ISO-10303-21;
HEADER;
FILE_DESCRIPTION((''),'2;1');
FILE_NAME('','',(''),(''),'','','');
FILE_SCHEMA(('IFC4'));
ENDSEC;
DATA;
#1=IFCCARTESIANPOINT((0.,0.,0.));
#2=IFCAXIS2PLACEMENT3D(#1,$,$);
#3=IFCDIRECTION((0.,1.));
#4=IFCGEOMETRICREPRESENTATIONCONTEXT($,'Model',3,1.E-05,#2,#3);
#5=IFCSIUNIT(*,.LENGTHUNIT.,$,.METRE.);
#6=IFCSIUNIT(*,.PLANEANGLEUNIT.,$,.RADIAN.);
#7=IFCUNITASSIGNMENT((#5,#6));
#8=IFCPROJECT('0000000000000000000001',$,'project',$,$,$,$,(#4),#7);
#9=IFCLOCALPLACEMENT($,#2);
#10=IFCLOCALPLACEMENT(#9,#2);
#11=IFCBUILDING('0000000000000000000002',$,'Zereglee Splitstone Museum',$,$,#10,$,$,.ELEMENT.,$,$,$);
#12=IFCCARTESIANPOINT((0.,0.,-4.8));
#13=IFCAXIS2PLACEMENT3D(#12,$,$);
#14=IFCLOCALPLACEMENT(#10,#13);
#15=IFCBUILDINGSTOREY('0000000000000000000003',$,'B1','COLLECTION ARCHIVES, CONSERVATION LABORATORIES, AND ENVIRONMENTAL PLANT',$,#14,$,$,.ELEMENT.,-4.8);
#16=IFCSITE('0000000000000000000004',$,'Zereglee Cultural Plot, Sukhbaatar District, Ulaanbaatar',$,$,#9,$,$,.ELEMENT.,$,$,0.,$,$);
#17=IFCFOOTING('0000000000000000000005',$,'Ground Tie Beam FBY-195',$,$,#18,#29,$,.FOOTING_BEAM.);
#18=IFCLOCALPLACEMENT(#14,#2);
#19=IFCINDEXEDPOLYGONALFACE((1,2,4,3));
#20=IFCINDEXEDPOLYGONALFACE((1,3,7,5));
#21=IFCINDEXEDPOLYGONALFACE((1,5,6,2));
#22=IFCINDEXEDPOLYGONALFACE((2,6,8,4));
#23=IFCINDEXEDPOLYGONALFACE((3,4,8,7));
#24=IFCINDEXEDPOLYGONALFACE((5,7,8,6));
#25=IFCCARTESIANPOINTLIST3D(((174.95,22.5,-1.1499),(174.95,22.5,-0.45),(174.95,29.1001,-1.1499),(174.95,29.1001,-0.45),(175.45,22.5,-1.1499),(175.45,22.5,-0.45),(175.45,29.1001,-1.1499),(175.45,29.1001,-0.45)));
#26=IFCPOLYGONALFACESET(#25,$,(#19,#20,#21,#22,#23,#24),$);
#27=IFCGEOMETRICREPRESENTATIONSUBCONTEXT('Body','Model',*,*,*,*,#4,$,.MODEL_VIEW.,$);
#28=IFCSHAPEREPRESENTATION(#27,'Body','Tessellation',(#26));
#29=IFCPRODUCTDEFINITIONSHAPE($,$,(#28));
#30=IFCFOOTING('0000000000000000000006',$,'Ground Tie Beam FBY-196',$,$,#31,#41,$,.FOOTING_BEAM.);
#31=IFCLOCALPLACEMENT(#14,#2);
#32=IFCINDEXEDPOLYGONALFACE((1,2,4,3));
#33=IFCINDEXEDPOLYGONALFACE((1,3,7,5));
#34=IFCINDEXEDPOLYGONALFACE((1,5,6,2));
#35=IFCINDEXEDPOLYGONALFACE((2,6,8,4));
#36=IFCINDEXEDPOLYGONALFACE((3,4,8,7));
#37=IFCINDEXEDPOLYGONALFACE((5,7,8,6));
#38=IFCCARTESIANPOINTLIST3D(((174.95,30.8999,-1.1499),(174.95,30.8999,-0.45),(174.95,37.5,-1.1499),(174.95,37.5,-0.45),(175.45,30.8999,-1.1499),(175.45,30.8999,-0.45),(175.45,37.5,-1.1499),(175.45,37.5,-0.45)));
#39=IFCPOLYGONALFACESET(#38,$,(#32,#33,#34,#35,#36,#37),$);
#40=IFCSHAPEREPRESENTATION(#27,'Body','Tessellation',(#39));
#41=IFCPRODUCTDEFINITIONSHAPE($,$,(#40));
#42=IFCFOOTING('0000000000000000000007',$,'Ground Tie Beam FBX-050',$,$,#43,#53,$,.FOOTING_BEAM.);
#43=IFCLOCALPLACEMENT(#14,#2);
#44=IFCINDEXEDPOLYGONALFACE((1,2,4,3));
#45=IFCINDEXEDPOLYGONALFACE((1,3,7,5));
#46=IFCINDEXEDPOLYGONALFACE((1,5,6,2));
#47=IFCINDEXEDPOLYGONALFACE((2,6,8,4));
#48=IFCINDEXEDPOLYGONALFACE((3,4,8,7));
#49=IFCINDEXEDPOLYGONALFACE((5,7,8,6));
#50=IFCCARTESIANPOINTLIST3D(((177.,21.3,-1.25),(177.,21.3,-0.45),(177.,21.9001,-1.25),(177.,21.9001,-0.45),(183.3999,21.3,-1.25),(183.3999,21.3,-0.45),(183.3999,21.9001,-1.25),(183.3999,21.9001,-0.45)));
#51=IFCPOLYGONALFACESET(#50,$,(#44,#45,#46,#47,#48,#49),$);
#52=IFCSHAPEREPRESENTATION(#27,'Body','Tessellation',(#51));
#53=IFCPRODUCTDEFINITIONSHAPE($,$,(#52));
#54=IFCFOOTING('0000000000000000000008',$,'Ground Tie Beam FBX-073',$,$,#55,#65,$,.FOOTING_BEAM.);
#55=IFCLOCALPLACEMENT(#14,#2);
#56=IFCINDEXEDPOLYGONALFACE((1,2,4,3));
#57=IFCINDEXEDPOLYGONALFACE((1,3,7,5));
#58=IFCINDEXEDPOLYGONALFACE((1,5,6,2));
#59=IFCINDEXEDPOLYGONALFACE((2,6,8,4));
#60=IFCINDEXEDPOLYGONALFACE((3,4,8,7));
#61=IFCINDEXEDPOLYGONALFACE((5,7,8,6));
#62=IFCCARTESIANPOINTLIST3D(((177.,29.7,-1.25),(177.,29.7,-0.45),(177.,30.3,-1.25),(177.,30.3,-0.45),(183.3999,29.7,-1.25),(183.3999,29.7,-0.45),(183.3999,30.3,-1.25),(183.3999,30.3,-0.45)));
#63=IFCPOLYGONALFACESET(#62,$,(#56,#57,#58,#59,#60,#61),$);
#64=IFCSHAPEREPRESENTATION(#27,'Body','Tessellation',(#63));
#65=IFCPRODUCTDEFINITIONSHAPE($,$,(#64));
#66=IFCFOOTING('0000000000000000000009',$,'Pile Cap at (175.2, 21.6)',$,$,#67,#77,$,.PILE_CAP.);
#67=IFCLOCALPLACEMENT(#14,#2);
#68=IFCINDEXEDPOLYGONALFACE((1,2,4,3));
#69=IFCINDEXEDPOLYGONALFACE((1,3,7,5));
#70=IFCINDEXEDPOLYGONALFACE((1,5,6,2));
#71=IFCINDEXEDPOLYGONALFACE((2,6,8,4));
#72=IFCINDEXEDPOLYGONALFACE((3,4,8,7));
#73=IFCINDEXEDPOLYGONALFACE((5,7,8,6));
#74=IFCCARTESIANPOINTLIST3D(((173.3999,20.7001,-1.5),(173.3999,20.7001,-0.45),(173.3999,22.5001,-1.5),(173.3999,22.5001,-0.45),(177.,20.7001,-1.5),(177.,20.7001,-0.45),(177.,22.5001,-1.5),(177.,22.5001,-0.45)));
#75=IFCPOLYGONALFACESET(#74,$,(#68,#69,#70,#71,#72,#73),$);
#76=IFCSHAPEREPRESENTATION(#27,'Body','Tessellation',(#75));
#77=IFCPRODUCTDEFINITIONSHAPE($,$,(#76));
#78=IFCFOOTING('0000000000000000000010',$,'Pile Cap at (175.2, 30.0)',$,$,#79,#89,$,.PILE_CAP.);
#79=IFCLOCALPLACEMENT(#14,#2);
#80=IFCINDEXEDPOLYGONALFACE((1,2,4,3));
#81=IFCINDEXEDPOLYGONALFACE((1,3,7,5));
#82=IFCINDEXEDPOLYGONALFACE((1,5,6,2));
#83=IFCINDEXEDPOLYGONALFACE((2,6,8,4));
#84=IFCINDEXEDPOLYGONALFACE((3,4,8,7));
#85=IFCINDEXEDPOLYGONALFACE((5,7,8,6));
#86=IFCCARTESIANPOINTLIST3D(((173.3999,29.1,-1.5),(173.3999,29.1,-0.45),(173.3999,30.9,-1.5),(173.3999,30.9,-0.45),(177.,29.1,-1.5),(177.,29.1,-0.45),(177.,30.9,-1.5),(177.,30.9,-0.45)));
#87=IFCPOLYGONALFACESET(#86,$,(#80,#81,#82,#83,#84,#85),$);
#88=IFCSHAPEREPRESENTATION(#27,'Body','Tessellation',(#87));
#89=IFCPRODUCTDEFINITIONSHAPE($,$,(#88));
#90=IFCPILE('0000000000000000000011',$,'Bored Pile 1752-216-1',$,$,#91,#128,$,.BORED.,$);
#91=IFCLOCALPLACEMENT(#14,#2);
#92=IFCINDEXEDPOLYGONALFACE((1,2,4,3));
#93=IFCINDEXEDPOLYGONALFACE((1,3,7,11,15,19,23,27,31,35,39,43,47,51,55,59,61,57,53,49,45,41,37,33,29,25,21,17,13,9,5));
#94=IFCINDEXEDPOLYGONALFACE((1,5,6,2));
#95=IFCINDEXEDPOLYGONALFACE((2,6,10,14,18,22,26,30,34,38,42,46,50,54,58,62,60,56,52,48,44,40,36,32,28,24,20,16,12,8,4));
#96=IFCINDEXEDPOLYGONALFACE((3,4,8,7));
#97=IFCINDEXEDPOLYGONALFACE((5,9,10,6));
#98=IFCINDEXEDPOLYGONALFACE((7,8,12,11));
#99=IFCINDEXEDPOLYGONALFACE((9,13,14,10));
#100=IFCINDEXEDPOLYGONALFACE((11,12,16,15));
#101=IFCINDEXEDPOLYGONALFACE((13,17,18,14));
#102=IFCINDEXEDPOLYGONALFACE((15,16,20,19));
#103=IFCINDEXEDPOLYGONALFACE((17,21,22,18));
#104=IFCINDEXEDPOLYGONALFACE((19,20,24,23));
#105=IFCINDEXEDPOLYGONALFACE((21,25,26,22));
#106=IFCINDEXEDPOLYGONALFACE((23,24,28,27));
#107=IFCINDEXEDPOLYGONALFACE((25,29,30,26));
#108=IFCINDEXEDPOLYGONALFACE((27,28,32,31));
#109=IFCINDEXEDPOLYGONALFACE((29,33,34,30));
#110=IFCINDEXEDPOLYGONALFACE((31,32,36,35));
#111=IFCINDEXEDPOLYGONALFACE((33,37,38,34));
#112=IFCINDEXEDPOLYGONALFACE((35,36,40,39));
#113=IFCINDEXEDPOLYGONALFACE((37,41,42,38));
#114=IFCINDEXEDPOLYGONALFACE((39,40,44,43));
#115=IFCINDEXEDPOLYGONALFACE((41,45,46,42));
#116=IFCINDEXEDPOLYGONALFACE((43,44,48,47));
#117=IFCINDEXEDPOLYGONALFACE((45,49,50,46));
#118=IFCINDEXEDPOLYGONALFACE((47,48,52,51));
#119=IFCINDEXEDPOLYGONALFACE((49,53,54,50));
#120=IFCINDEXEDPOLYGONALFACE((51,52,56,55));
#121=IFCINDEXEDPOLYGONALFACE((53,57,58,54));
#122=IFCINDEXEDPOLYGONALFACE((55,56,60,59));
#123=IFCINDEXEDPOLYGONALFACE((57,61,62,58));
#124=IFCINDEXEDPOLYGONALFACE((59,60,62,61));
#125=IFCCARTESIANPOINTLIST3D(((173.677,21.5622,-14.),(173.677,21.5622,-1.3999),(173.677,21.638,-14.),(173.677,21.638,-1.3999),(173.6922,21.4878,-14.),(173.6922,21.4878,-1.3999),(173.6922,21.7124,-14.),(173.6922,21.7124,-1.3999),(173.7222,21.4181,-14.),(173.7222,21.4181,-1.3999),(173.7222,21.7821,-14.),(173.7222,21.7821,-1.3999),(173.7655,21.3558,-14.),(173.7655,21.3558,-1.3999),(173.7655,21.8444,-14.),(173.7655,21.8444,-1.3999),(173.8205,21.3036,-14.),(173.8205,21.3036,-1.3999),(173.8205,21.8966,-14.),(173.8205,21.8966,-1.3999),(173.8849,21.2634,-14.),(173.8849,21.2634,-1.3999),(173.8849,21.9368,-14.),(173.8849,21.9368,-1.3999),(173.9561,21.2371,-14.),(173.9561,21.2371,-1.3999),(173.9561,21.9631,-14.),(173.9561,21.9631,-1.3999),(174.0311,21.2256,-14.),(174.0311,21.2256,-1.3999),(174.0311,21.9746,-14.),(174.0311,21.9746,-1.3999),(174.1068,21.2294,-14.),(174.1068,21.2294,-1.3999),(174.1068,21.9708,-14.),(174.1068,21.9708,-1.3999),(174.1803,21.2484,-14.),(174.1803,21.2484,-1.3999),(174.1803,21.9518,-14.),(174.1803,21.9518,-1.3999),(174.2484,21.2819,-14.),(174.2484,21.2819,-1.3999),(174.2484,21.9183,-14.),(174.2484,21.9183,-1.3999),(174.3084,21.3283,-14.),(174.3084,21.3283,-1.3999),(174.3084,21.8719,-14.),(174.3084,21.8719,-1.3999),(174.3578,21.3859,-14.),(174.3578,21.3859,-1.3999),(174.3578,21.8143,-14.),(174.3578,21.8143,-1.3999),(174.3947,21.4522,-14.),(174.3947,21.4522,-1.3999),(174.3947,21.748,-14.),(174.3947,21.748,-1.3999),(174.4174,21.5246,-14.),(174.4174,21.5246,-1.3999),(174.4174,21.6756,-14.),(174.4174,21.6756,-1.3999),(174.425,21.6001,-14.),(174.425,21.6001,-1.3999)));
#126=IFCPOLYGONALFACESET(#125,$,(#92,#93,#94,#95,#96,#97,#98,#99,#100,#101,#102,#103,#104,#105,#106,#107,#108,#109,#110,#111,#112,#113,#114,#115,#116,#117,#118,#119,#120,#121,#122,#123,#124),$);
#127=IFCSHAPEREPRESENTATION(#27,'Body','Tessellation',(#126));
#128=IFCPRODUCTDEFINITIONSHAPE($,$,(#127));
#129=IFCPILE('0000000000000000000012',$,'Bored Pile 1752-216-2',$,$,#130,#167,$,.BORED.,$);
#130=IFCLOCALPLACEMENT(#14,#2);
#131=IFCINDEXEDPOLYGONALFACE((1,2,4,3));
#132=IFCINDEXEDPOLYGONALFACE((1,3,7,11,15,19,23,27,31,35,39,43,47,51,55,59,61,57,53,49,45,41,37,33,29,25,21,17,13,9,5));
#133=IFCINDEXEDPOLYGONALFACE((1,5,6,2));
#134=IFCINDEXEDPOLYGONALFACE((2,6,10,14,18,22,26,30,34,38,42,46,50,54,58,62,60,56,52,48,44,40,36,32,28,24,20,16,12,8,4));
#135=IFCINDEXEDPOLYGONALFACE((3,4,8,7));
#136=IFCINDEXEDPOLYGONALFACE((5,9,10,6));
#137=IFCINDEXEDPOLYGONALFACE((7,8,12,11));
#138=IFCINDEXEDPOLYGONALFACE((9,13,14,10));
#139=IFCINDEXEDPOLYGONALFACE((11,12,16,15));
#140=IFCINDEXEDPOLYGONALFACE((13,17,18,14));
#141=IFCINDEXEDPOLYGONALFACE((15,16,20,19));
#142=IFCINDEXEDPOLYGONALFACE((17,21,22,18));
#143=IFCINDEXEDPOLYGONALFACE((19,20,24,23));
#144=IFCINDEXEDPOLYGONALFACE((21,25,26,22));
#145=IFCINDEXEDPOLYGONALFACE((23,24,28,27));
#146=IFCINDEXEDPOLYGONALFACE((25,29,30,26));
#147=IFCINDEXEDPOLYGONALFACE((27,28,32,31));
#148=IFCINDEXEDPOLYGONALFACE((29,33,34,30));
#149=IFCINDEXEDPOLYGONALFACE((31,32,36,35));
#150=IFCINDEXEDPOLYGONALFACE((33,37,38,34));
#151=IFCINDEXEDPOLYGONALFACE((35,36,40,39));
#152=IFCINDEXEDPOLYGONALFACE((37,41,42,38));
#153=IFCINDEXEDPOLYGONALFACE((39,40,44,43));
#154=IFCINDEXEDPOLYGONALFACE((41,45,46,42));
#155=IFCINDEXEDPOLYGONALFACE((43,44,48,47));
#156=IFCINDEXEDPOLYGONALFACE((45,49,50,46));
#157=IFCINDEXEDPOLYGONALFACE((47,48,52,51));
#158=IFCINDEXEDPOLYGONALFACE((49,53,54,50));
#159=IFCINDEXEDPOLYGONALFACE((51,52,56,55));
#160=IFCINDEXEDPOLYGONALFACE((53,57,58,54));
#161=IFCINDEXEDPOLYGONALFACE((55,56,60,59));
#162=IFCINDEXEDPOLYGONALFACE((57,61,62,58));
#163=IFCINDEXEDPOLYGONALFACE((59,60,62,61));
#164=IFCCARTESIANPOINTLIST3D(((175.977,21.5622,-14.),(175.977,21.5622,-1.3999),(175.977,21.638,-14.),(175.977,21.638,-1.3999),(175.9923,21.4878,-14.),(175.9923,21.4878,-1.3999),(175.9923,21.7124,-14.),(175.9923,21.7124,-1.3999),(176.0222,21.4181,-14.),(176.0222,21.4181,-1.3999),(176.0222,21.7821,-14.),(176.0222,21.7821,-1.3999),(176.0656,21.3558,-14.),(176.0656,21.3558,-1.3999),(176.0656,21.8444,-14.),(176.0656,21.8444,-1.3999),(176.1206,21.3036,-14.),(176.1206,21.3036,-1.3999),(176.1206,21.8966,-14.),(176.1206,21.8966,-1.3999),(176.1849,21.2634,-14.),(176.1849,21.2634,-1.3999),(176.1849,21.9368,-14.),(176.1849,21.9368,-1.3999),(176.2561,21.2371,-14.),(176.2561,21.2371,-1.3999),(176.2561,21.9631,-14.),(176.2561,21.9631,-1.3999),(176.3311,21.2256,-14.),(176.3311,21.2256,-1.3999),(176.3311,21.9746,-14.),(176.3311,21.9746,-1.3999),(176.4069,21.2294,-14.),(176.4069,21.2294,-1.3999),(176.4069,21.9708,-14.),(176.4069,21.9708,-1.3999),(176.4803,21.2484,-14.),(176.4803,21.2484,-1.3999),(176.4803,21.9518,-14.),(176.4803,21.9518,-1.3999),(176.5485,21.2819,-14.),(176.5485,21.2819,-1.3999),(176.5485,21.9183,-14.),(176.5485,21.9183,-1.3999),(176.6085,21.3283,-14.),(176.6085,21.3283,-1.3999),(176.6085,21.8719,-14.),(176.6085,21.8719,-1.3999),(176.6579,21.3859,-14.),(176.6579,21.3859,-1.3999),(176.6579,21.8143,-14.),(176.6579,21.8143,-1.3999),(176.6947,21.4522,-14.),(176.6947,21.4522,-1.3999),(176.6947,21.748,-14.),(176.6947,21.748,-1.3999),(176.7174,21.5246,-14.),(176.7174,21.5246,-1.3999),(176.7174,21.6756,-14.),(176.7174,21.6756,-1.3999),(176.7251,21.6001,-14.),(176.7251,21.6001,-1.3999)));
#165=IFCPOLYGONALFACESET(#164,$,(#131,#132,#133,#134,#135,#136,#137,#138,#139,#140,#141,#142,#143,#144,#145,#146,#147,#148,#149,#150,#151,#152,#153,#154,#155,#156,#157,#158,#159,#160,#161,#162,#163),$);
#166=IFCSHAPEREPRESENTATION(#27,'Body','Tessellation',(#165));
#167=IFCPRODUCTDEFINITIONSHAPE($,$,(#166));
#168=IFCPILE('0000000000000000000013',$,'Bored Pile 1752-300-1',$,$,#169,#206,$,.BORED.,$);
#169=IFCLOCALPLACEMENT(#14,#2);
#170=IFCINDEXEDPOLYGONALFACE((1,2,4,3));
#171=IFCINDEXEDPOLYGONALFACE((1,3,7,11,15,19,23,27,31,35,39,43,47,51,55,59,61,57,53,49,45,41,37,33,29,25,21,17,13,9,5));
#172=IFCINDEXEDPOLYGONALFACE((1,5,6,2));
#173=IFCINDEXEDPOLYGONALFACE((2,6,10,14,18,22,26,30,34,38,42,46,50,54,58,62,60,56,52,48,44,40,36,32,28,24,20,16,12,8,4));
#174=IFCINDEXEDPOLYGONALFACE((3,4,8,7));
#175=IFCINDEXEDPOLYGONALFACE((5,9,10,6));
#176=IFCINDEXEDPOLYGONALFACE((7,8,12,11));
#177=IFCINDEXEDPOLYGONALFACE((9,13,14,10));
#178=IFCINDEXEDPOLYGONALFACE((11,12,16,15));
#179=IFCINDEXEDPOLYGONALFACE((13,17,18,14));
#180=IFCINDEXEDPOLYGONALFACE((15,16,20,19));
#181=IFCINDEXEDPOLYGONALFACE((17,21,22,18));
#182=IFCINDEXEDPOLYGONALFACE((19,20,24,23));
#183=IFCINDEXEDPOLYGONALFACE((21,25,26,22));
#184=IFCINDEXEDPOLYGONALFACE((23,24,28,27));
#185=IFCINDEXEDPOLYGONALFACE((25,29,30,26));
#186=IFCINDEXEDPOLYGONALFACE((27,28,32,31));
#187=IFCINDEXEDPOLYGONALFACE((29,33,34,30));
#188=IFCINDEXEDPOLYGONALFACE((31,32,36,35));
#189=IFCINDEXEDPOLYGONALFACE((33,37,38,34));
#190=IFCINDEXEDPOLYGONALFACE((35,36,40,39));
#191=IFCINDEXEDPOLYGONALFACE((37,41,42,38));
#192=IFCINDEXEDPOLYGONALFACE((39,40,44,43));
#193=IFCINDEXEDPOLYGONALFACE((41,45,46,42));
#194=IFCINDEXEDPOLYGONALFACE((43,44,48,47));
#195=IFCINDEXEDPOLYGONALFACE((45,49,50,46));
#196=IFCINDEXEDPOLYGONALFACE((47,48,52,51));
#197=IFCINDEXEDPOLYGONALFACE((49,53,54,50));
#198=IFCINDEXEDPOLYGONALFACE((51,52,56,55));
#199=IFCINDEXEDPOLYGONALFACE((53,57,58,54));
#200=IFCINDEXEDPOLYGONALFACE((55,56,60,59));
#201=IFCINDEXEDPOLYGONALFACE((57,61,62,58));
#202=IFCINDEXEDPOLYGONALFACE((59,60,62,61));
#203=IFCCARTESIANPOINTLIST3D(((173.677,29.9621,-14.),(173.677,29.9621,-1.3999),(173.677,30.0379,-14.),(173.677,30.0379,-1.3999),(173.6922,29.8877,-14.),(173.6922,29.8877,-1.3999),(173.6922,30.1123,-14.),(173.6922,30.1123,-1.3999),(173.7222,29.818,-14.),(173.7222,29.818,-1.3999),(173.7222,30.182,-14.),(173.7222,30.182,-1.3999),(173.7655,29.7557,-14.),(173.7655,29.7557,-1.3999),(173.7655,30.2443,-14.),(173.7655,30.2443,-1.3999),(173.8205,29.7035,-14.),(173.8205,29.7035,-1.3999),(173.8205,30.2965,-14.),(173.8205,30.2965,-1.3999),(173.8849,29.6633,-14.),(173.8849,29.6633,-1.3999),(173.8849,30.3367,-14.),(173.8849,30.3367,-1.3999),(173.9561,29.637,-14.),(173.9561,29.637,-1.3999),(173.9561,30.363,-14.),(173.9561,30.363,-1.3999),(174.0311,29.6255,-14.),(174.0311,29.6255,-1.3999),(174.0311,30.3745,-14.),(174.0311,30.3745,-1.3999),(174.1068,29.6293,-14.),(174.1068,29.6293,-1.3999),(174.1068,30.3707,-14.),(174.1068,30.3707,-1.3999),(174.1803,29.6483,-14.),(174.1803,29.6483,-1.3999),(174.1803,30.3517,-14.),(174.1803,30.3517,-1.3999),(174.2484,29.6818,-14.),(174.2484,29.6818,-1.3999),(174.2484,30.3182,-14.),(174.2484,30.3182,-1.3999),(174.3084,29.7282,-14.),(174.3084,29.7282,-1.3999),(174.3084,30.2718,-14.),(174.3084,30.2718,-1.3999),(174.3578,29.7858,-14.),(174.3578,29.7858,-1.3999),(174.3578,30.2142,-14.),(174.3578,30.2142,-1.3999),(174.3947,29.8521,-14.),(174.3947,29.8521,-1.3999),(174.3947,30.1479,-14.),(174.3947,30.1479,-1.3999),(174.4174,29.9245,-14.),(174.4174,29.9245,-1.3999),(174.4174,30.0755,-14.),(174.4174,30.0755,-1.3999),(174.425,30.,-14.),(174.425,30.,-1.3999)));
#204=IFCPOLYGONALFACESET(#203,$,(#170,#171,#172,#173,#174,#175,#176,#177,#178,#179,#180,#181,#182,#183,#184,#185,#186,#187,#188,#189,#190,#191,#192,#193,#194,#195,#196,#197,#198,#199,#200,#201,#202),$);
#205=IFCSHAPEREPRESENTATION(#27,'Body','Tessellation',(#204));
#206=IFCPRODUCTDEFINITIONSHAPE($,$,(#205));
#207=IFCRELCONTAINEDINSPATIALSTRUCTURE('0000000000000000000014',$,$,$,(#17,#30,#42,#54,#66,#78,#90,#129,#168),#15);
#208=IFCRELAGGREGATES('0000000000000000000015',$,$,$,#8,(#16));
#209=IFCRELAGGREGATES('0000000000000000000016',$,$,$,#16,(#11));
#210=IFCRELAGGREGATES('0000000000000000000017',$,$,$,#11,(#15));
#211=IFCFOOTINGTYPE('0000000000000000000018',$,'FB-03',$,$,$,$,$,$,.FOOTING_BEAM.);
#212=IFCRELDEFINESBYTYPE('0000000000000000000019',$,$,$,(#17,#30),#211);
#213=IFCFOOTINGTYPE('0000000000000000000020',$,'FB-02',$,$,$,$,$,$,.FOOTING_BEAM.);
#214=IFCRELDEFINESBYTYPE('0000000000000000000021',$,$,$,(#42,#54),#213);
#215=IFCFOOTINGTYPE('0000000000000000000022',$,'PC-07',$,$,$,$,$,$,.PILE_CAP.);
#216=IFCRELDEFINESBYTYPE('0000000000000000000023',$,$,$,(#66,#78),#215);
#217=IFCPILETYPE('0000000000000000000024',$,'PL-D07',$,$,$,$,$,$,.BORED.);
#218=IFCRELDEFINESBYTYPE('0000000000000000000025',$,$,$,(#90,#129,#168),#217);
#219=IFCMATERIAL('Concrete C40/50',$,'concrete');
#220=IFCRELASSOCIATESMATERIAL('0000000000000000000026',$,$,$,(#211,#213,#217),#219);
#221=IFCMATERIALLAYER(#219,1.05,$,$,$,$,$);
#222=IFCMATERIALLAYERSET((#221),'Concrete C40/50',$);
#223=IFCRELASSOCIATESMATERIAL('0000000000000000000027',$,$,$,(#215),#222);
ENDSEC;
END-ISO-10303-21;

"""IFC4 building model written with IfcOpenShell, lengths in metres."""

from ifc_helpers import new_model, si_unit, direction, frame, origin, origin_2d, place, context, subcontext, project, spatial, rectangle, circle, extrude, material, layer, layer_set, material_profile, profile_set, type_object, element, save


model = new_model("IFC4")

# Units and contexts
model_context = context("Model", 3, precision=1e-05, world=origin(), true_north=direction((0.0, 1.0)))
body_context = subcontext(model_context, "Body", "Model", "MODEL_VIEW")
ifc_project = project(units=[si_unit("LENGTHUNIT", "METRE"), si_unit("PLANEANGLEUNIT", "RADIAN")], contexts=[model_context])

# Site, building, storey
site_placement = place(None, origin())
site = spatial("IfcSite", under=ifc_project, at=site_placement, Name="Zereglee Cultural Plot, Sukhbaatar District, Ulaanbaatar", CompositionType="ELEMENT", RefElevation=0.0)
building_placement = place(site_placement, origin())
building = spatial("IfcBuilding", under=site, at=building_placement, Name="Zereglee Splitstone Museum", CompositionType="ELEMENT")
storey_placement = place(building_placement, frame((0.0, 0.0, -4.8)))
storey = spatial("IfcBuildingStorey", under=building, at=storey_placement, Name="B1", Description="COLLECTION ARCHIVES, CONSERVATION LABORATORIES, AND ENVIRONMENTAL PLANT", CompositionType="ELEMENT", Elevation=-4.8)

# Footings
ifc_material_1 = material(Name="Concrete C40/50", Category="concrete")
footing_type_1 = type_object("IfcFootingType", Name="FB-03", PredefinedType="FOOTING_BEAM", material=ifc_material_1)
for number, where, z_axis, x_axis, name in (
    (1, (175.2, 25.8, -1.1499), (0.0, 0.0, 1.0), (0.0, 1.0, 0.0), "Ground Tie Beam FBY-195"),
    (2, (175.2, 34.2, -1.1499), (0.0, 0.0, 1.0), (0.0, 1.0, 0.0), "Ground Tie Beam FBY-196"),
):
    element("IfcFooting", number, at=place(storey_placement, frame(where, z_axis=z_axis, x_axis=x_axis)), inside=storey, type_object=footing_type_1, Name=name, PredefinedType="FOOTING_BEAM", context=body_context, shape_type="SweptSolid", body=[
        extrude(rectangle(XDim=6.6001, YDim=0.5, at=origin_2d()), origin(), (0.0, 0.0, 1.0), 0.7),
    ])
footing_type_2 = type_object("IfcFootingType", Name="FB-02", PredefinedType="FOOTING_BEAM", material=ifc_material_1)
for number, where, z_axis, x_axis, name in (
    (3, (180.2, 21.6001, -1.25), (0.0, 0.0, 1.0), (1.0, 0.0, 0.0), "Ground Tie Beam FBX-050"),
    (4, (180.2, 30.0, -1.25), (0.0, 0.0, 1.0), (1.0, 0.0, 0.0), "Ground Tie Beam FBX-073"),
):
    element("IfcFooting", number, at=place(storey_placement, frame(where, z_axis=z_axis, x_axis=x_axis)), inside=storey, type_object=footing_type_2, Name=name, PredefinedType="FOOTING_BEAM", context=body_context, shape_type="SweptSolid", body=[
        extrude(rectangle(XDim=6.3999, YDim=0.6001, at=origin_2d()), origin(), (0.0, 0.0, 1.0), 0.8),
    ])
ifc_layer_1 = layer(ifc_material_1, 1.05)
ifc_layer_set_1 = layer_set([ifc_layer_1], Name="Concrete C40/50")
footing_type_3 = type_object("IfcFootingType", Name="PC-07", PredefinedType="PILE_CAP", material=ifc_layer_set_1)
for number, where, z_axis, x_axis, name in (
    (5, (175.2, 21.6001, -1.5), (0.0, 0.0, 1.0), (1.0, 0.0, 0.0), "Pile Cap at (175.2, 21.6)"),
    (6, (175.2, 30.0, -1.5), (0.0, 0.0, 1.0), (1.0, 0.0, 0.0), "Pile Cap at (175.2, 30.0)"),
):
    element("IfcFooting", number, at=place(storey_placement, frame(where, z_axis=z_axis, x_axis=x_axis)), inside=storey, type_object=footing_type_3, Name=name, PredefinedType="PILE_CAP", context=body_context, shape_type="SweptSolid", body=[
        extrude(rectangle(XDim=3.6001, YDim=1.8, at=origin_2d()), origin(), (0.0, 0.0, 1.0), 1.05),
    ])

# Piles
ifc_material_profile_1 = material_profile(ifc_material_1, circle(Radius=0.375, at=origin_2d()), Name="PILE D750")
ifc_profile_set_1 = profile_set([ifc_material_profile_1], Name="Concrete C40/50")
pile_type_1 = type_object("IfcPileType", Name="PL-D07", PredefinedType="BORED", material=ifc_profile_set_1)
for number, where, z_axis, x_axis, name in (
    (7, (174.05, 21.6001, -1.3999), (0.0, 0.0, -1.0), (1.0, 0.0, 0.0), "Bored Pile 1752-216-1"),
    (8, (176.3501, 21.6001, -1.3999), (0.0, 0.0, -1.0), (1.0, 0.0, 0.0), "Bored Pile 1752-216-2"),
    (9, (174.05, 30.0, -1.3999), (0.0, 0.0, -1.0), (1.0, 0.0, 0.0), "Bored Pile 1752-300-1"),
):
    element("IfcPile", number, at=place(storey_placement, frame(where, z_axis=z_axis, x_axis=x_axis)), inside=storey, type_object=pile_type_1, Name=name, PredefinedType="BORED", context=body_context, shape_type="SweptSolid", body=[
        extrude(circle(Radius=0.375, at=origin_2d()), origin(), (0.0, 0.0, 1.0), 12.6001),
    ])

save(model, "model.ifc")
